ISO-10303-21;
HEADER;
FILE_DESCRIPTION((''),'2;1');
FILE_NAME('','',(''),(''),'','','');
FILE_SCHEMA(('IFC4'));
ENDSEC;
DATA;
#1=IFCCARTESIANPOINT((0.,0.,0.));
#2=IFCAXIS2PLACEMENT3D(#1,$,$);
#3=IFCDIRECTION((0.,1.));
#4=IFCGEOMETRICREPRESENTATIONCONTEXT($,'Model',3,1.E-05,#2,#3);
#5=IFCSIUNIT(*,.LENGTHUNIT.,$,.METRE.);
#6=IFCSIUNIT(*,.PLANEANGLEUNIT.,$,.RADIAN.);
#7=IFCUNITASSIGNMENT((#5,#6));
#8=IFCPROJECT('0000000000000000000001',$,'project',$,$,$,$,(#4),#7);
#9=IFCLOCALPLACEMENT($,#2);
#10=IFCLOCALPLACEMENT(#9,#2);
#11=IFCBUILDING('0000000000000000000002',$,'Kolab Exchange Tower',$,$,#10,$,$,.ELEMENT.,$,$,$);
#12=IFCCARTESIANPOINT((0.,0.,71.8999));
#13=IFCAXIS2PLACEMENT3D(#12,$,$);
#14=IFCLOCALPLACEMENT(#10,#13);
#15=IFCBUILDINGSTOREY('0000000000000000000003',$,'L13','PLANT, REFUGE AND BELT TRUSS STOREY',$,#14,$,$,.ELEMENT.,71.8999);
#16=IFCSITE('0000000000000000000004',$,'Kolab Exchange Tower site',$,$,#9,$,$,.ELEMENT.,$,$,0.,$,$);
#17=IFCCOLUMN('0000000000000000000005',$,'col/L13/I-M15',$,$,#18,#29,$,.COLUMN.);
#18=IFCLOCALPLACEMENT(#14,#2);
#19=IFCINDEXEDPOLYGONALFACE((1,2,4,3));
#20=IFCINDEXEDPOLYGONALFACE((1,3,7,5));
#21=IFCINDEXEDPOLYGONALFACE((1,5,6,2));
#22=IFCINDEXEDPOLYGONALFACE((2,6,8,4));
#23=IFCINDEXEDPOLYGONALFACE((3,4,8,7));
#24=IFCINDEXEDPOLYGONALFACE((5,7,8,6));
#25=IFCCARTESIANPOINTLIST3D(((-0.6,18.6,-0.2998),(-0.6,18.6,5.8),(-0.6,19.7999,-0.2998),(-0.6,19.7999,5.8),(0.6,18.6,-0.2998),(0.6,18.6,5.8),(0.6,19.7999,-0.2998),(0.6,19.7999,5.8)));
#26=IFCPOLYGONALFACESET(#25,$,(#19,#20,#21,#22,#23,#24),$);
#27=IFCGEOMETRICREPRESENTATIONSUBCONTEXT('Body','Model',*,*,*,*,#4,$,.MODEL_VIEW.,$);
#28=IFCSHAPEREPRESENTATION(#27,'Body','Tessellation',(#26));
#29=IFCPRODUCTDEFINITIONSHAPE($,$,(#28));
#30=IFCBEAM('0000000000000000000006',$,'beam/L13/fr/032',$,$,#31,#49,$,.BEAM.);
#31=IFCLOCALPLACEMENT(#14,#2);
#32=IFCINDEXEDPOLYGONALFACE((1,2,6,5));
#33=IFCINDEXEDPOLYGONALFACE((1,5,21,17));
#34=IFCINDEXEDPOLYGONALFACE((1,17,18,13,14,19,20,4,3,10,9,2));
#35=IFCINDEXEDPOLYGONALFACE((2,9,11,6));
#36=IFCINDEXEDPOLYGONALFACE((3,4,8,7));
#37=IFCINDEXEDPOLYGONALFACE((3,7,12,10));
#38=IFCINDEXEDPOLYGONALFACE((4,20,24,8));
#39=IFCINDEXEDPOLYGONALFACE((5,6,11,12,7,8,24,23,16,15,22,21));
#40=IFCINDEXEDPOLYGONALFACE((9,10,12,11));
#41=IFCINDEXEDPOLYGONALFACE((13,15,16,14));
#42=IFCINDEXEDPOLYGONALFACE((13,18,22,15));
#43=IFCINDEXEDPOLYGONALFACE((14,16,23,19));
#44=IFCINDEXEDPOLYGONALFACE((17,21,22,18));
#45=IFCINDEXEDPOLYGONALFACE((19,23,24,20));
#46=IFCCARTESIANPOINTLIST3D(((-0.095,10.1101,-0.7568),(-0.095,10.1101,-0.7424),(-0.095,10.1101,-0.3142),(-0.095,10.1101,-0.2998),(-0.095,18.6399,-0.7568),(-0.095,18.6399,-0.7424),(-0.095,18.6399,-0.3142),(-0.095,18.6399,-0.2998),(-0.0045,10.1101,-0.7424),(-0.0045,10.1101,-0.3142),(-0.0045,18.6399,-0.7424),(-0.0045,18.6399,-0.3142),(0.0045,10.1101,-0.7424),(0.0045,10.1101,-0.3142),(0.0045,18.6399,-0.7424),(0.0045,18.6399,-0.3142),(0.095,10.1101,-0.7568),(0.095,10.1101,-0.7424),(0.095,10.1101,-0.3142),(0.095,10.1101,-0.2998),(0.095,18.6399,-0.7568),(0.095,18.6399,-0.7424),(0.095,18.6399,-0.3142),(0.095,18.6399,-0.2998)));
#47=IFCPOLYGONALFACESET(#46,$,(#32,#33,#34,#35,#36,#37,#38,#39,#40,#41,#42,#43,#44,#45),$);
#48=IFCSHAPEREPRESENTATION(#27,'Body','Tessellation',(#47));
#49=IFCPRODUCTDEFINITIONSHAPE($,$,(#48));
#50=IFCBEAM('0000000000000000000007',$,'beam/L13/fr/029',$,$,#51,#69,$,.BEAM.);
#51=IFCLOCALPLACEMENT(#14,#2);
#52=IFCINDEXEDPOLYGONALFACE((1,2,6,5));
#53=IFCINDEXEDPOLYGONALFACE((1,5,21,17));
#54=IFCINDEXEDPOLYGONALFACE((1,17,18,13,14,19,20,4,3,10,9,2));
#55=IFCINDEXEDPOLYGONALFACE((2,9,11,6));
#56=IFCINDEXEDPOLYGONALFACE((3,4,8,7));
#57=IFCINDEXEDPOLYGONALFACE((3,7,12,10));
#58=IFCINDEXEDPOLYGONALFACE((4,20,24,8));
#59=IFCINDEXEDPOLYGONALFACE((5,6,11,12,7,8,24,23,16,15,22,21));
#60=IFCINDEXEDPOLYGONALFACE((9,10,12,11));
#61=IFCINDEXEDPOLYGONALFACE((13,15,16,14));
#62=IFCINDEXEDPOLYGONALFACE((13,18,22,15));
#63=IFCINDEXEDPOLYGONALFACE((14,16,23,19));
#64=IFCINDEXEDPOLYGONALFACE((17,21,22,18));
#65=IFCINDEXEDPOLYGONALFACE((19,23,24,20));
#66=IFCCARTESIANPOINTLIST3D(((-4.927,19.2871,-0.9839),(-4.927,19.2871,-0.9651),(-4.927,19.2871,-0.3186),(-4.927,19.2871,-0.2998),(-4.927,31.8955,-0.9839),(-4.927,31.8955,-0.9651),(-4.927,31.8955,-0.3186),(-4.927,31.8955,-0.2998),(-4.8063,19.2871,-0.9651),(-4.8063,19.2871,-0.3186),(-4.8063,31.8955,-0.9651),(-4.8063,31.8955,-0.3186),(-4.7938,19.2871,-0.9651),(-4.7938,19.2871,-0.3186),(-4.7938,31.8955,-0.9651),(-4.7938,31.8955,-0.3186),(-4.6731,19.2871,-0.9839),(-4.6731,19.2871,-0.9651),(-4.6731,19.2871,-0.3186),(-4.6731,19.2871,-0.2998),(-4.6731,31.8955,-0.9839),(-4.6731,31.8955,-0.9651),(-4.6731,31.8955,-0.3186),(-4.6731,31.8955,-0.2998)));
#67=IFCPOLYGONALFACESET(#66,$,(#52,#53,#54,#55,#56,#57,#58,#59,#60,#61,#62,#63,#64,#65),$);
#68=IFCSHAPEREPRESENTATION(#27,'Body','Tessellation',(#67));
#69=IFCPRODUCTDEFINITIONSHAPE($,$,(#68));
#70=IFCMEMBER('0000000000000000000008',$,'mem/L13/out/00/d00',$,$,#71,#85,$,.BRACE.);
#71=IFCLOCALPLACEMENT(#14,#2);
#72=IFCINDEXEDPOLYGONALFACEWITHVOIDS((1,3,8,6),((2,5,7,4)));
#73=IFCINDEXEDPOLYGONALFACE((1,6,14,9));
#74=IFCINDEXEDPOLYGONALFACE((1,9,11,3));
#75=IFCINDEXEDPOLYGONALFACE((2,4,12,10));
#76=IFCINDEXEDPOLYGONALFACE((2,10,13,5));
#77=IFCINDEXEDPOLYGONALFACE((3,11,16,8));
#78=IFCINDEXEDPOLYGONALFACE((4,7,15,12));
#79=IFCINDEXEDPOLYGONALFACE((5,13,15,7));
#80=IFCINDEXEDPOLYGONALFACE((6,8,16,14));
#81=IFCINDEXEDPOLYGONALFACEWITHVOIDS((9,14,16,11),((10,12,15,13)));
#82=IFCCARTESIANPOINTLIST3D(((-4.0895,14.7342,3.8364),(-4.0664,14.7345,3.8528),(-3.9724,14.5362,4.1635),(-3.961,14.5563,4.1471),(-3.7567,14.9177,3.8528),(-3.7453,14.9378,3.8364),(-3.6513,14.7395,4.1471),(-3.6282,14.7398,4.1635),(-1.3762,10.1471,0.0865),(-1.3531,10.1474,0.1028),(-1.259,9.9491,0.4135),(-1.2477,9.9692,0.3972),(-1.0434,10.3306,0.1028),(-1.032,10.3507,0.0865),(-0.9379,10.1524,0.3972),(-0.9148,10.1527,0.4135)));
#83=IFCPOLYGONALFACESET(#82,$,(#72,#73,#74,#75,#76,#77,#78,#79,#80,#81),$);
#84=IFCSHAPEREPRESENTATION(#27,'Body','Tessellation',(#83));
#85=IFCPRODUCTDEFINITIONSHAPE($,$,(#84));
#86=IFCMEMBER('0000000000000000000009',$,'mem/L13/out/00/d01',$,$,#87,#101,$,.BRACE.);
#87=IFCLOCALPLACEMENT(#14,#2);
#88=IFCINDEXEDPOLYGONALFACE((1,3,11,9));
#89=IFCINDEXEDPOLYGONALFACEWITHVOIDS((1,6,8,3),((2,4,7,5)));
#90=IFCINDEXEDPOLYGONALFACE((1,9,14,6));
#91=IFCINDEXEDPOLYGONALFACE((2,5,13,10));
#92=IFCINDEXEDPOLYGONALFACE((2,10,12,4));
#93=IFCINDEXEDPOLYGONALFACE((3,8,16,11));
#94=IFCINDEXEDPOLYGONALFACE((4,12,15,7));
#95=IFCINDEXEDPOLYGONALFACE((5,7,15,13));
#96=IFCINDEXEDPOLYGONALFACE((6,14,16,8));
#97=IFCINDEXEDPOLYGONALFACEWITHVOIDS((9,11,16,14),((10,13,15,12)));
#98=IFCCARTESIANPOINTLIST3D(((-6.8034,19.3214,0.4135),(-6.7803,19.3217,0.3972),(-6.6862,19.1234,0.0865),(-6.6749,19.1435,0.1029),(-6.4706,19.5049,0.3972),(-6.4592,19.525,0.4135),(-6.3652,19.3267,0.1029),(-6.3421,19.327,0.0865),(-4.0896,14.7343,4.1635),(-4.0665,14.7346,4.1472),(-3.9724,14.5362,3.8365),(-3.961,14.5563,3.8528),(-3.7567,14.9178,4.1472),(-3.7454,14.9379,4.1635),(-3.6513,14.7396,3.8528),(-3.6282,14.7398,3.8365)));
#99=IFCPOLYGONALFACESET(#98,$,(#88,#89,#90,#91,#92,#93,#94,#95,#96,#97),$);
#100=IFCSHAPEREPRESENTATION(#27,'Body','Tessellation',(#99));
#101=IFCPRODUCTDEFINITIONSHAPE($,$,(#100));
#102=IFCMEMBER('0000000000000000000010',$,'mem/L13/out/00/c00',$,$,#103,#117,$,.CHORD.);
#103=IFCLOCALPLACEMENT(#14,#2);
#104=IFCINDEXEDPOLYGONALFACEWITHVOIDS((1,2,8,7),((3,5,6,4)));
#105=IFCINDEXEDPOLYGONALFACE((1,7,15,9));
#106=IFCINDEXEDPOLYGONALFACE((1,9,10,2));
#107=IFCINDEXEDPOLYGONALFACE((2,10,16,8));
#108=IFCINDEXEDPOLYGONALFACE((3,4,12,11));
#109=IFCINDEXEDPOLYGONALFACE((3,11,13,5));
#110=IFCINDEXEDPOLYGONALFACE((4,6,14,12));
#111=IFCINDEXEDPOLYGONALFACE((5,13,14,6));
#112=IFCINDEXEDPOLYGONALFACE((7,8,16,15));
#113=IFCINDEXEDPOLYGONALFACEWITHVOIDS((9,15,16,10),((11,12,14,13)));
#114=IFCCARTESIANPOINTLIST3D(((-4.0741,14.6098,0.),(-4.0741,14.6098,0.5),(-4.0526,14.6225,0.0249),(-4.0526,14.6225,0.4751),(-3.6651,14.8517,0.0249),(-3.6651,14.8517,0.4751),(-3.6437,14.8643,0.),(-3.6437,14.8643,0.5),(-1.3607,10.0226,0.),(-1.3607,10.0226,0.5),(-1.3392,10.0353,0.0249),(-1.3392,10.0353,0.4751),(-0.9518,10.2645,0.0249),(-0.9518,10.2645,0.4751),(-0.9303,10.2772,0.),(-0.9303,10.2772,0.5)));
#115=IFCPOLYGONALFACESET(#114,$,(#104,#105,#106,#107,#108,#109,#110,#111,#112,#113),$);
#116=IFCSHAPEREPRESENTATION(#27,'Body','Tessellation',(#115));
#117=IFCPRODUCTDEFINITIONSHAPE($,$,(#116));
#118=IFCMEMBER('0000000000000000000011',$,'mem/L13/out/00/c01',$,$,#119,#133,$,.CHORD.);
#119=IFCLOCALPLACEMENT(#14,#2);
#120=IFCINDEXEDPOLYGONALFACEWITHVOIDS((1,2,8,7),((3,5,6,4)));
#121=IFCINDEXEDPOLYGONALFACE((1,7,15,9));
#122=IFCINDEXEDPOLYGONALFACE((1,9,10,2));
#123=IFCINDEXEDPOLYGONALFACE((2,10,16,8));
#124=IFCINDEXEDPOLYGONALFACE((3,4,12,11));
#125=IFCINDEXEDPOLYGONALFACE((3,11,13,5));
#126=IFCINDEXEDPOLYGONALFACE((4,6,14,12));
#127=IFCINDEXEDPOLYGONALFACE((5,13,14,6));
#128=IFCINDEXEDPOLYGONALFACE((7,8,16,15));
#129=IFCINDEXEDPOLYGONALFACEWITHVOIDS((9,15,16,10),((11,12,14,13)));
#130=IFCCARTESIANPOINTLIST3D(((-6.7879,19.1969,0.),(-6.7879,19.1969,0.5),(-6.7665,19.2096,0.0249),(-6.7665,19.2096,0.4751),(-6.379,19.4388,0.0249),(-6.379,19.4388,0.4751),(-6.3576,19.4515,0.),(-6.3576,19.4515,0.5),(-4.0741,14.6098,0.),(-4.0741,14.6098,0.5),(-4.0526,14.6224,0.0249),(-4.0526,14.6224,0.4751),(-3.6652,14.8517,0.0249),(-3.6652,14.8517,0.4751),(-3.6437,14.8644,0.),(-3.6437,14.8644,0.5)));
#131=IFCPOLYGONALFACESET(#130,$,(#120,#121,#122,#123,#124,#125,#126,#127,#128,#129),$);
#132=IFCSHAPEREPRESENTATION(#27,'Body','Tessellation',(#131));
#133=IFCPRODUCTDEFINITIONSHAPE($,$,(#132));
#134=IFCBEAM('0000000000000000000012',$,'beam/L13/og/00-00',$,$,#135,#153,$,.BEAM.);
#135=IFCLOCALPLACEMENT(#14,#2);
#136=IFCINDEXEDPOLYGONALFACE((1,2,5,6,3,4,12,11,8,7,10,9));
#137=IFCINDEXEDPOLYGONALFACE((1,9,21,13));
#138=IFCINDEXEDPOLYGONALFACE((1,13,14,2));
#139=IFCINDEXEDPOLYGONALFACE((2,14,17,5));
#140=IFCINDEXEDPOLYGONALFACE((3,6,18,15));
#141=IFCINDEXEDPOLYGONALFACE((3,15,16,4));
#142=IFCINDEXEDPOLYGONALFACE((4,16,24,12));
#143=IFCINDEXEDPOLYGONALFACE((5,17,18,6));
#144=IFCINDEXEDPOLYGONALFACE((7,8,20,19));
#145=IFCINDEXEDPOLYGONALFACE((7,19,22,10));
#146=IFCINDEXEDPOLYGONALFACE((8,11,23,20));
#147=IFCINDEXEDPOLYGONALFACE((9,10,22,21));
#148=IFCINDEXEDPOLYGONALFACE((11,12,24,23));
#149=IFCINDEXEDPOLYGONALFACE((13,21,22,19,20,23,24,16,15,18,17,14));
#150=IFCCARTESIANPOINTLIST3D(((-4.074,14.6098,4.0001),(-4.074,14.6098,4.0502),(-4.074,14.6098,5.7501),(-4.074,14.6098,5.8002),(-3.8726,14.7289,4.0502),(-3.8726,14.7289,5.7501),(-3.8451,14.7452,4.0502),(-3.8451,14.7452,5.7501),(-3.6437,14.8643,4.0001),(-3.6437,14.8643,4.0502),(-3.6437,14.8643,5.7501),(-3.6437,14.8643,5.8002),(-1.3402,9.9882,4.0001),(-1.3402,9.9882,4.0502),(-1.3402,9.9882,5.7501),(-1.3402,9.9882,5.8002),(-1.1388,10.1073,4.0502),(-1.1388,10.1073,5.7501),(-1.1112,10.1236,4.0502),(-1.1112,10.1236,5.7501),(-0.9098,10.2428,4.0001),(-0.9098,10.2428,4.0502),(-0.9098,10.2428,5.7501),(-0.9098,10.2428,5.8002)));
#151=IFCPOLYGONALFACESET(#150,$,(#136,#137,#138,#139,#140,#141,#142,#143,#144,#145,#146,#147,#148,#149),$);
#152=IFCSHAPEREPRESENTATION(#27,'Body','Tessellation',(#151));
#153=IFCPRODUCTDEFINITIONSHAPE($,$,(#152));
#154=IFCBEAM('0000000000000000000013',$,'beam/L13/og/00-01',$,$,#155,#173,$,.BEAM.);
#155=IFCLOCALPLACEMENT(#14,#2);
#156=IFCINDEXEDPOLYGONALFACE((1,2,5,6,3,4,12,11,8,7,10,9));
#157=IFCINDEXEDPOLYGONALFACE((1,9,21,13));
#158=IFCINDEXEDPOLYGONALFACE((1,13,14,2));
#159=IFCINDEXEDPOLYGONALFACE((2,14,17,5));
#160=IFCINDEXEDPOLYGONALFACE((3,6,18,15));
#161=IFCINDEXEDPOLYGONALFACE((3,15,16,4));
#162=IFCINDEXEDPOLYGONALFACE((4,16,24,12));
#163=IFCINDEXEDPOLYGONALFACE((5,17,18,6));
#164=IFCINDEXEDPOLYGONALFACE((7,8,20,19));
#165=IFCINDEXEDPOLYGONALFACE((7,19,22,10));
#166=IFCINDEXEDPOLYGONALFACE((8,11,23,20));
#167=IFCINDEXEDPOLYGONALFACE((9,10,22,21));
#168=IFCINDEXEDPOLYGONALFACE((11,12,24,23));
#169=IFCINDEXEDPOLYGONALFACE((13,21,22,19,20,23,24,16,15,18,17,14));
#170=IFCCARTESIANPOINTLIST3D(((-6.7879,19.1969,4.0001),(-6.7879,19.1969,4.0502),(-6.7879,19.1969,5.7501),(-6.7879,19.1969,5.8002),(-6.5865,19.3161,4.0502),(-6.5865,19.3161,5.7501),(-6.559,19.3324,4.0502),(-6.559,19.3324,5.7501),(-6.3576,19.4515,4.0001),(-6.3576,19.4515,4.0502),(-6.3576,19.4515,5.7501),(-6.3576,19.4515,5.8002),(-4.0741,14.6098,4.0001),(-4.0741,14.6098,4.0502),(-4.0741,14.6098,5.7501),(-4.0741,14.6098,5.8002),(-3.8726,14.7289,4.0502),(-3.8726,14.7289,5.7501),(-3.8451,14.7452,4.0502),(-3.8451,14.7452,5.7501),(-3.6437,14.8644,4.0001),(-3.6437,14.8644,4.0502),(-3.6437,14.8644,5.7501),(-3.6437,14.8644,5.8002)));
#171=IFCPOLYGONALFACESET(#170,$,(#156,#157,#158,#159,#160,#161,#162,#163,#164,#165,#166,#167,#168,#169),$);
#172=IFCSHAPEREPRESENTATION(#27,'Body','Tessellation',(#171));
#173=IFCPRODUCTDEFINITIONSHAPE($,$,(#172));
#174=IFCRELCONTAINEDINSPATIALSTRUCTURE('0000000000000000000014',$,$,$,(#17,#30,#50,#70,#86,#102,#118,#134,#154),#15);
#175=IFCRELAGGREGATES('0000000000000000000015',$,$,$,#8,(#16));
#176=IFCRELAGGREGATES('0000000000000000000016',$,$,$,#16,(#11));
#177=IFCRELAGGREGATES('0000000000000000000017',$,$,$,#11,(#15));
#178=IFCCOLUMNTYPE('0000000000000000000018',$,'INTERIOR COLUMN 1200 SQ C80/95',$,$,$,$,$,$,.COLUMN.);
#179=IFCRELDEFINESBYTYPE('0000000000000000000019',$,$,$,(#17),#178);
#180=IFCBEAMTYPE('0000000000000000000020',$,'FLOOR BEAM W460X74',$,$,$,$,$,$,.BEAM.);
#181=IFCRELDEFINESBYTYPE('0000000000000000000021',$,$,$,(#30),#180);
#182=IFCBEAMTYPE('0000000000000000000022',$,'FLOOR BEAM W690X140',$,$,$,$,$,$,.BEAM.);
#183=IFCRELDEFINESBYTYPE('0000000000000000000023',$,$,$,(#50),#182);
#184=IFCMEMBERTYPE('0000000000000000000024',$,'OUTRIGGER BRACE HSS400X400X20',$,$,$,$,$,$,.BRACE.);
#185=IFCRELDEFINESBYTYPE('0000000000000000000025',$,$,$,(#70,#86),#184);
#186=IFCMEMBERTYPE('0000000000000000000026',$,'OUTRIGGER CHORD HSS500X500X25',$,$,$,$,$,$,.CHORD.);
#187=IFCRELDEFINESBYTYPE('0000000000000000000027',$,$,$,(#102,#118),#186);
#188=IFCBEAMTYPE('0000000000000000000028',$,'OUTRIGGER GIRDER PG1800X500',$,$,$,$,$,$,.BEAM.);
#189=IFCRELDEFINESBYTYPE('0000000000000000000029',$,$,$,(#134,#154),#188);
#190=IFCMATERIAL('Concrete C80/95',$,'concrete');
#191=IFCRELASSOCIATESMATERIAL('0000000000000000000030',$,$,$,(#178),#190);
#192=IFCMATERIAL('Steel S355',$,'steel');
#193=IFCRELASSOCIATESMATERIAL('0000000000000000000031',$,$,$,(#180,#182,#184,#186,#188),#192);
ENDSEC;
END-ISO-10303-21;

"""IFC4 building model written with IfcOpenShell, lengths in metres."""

from ifc_helpers import new_model, si_unit, direction, frame, origin, origin_2d, place, context, subcontext, project, spatial, rectangle, hollow_rectangle, i_section, extrude, material, material_profile, profile_set, type_object, element, save


model = new_model("IFC4")

# Units and contexts
model_context = context("Model", 3, precision=1e-05, world=origin(), true_north=direction((0.0, 1.0)))
body_context = subcontext(model_context, "Body", "Model", "MODEL_VIEW")
ifc_project = project(units=[si_unit("LENGTHUNIT", "METRE"), si_unit("PLANEANGLEUNIT", "RADIAN")], contexts=[model_context])

# Site, building, storey
site_placement = place(None, origin())
site = spatial("IfcSite", under=ifc_project, at=site_placement, Name="Kolab Exchange Tower site", CompositionType="ELEMENT", RefElevation=0.0)
building_placement = place(site_placement, origin())
building = spatial("IfcBuilding", under=site, at=building_placement, Name="Kolab Exchange Tower", CompositionType="ELEMENT")
storey_placement = place(building_placement, frame((0.0, 0.0, 71.8999)))
storey = spatial("IfcBuildingStorey", under=building, at=storey_placement, Name="L13", Description="PLANT, REFUGE AND BELT TRUSS STOREY", CompositionType="ELEMENT", Elevation=71.8999)

# Column
ifc_material_1 = material(Name="Concrete C80/95", Category="concrete")
ifc_material_profile_1 = material_profile(ifc_material_1, rectangle(XDim=1.2, YDim=1.2, at=origin_2d()), Name="RC1200")
ifc_profile_set_1 = profile_set([ifc_material_profile_1], Name="Concrete C80/95")
column_type = type_object("IfcColumnType", Name="INTERIOR COLUMN 1200 SQ C80/95", PredefinedType="COLUMN", material=ifc_profile_set_1)
column_placement = place(storey_placement, frame((0.0, 19.2, -0.2998), z_axis=(0.0, 0.0, 1.0), x_axis=(1.0, 0.0, 0.0)))
element("IfcColumn", 1, at=column_placement, inside=storey, type_object=column_type, Name="col/L13/I-M15", PredefinedType="COLUMN", context=body_context, shape_type="SweptSolid", body=[
    extrude(rectangle(XDim=1.2, YDim=1.2, at=origin_2d()), origin(), (0.0, 0.0, 1.0), 6.0999),
])

# Beams
ifc_material_2 = material(Name="Steel S355", Category="steel")
ifc_material_profile_2 = material_profile(ifc_material_2, i_section(OverallWidth=0.1899, OverallDepth=0.457, WebThickness=0.009, FlangeThickness=0.0144, at=origin_2d()), Name="W460X74")
ifc_profile_set_2 = profile_set([ifc_material_profile_2], Name="Steel S355")
beam_type_1 = type_object("IfcBeamType", Name="FLOOR BEAM W460X74", PredefinedType="BEAM", material=ifc_profile_set_2)
beam_1_placement = place(storey_placement, frame((0.0, 10.1101, -0.5283), z_axis=(0.0, 1.0, 0.0), x_axis=(-1.0, 0.0, 0.0)))
element("IfcBeam", 2, at=beam_1_placement, inside=storey, type_object=beam_type_1, Name="beam/L13/fr/032", PredefinedType="BEAM", context=body_context, shape_type="SweptSolid", body=[
    extrude(i_section(OverallWidth=0.1899, OverallDepth=0.457, WebThickness=0.009, FlangeThickness=0.0144, at=origin_2d()), origin(), (0.0, 0.0, 1.0), 8.5298),
])
ifc_material_profile_3 = material_profile(ifc_material_2, i_section(OverallWidth=0.2539, OverallDepth=0.6841, WebThickness=0.0125, FlangeThickness=0.0188, at=origin_2d()), Name="W690X140")
ifc_profile_set_3 = profile_set([ifc_material_profile_3], Name="Steel S355")
beam_type_2 = type_object("IfcBeamType", Name="FLOOR BEAM W690X140", PredefinedType="BEAM", material=ifc_profile_set_3)
beam_2_placement = place(storey_placement, frame((-4.8, 19.2871, -0.6418), z_axis=(0.0, 1.0, 0.0), x_axis=(-1.0, 0.0, 0.0)))
element("IfcBeam", 3, at=beam_2_placement, inside=storey, type_object=beam_type_2, Name="beam/L13/fr/029", PredefinedType="BEAM", context=body_context, shape_type="SweptSolid", body=[
    extrude(i_section(OverallWidth=0.2539, OverallDepth=0.6841, WebThickness=0.0125, FlangeThickness=0.0188, at=origin_2d()), origin(), (0.0, 0.0, 1.0), 12.6084),
])

# Members
ifc_material_profile_4 = material_profile(ifc_material_2, hollow_rectangle(XDim=0.3999, YDim=0.3999, WallThickness=0.02, at=origin_2d()), Name="HSS400X400X20")
ifc_profile_set_4 = profile_set([ifc_material_profile_4], Name="Steel S355")
member_type_1 = type_object("IfcMemberType", Name="OUTRIGGER BRACE HSS400X400X20", PredefinedType="BRACE", material=ifc_profile_set_4)
member_1_placement = place(storey_placement, frame((-1.1455, 10.1499, 0.25), z_axis=(-0.416375, 0.703912, 0.575448), x_axis=(-0.860698, -0.509117, 0.0)))
element("IfcMember", 4, at=member_1_placement, inside=storey, type_object=member_type_1, Name="mem/L13/out/00/d00", PredefinedType="BRACE", context=body_context, shape_type="SweptSolid", body=[
    extrude(hollow_rectangle(XDim=0.3999, YDim=0.3999, WallThickness=0.02, at=origin_2d()), origin(), (0.0, 0.0, 1.0), 6.5166),
])
member_2_placement = place(storey_placement, frame((-3.8589, 14.7371, 4.0), z_axis=(-0.416437, 0.70389, -0.57543), x_axis=(-0.860657, -0.509184, 0.0)))
element("IfcMember", 5, at=member_2_placement, inside=storey, type_object=member_type_1, Name="mem/L13/out/00/d01", PredefinedType="BRACE", context=body_context, shape_type="SweptSolid", body=[
    extrude(hollow_rectangle(XDim=0.3999, YDim=0.3999, WallThickness=0.02, at=origin_2d()), origin(), (0.0, 0.0, 1.0), 6.5168),
])
ifc_material_profile_5 = material_profile(ifc_material_2, hollow_rectangle(XDim=0.5, YDim=0.5, WallThickness=0.0249, at=origin_2d()), Name="HSS500X500X25")
ifc_profile_set_5 = profile_set([ifc_material_profile_5], Name="Steel S355")
member_type_2 = type_object("IfcMemberType", Name="OUTRIGGER CHORD HSS500X500X25", PredefinedType="CHORD", material=ifc_profile_set_5)
member_3_placement = place(storey_placement, frame((-1.1455, 10.1499, 0.25), z_axis=(-0.509117, 0.860698, 0.0), x_axis=(-0.860698, -0.509117, 0.0)))
element("IfcMember", 6, at=member_3_placement, inside=storey, type_object=member_type_2, Name="mem/L13/out/00/c00", PredefinedType="CHORD", context=body_context, shape_type="SweptSolid", body=[
    extrude(hollow_rectangle(XDim=0.5, YDim=0.5, WallThickness=0.0249, at=origin_2d()), origin(), (0.0, 0.0, 1.0), 5.3296),
])
member_4_placement = place(storey_placement, frame((-3.8589, 14.7371, 0.25), z_axis=(-0.509184, 0.860657, 0.0), x_axis=(-0.860657, -0.509184, 0.0)))
element("IfcMember", 7, at=member_4_placement, inside=storey, type_object=member_type_2, Name="mem/L13/out/00/c01", PredefinedType="CHORD", context=body_context, shape_type="SweptSolid", body=[
    extrude(hollow_rectangle(XDim=0.5, YDim=0.5, WallThickness=0.0249, at=origin_2d()), origin(), (0.0, 0.0, 1.0), 5.3298),
])

# Beams
ifc_material_profile_6 = material_profile(ifc_material_2, i_section(OverallWidth=0.5, OverallDepth=1.8, WebThickness=0.032, FlangeThickness=0.05, at=origin_2d()), Name="PG1800X500")
ifc_profile_set_6 = profile_set([ifc_material_profile_6], Name="Steel S355")
beam_type_3 = type_object("IfcBeamType", Name="OUTRIGGER GIRDER PG1800X500", PredefinedType="BEAM", material=ifc_profile_set_6)
beam_3_placement = place(storey_placement, frame((-1.125, 10.1155, 4.9001), z_axis=(-0.509137, 0.860686, 0.0), x_axis=(-0.860686, -0.509137, 0.0)))
element("IfcBeam", 8, at=beam_3_placement, inside=storey, type_object=beam_type_3, Name="beam/L13/og/00-00", PredefinedType="BEAM", context=body_context, shape_type="SweptSolid", body=[
    extrude(i_section(OverallWidth=0.5, OverallDepth=1.8, WebThickness=0.032, FlangeThickness=0.05, at=origin_2d()), origin(), (0.0, 0.0, 1.0), 5.3696),
])
beam_4_placement = place(storey_placement, frame((-3.8589, 14.7371, 4.9001), z_axis=(-0.509184, 0.860657, 0.0), x_axis=(-0.860657, -0.509184, 0.0)))
element("IfcBeam", 9, at=beam_4_placement, inside=storey, type_object=beam_type_3, Name="beam/L13/og/00-01", PredefinedType="BEAM", context=body_context, shape_type="SweptSolid", body=[
    extrude(i_section(OverallWidth=0.5, OverallDepth=1.8, WebThickness=0.032, FlangeThickness=0.05, at=origin_2d()), origin(), (0.0, 0.0, 1.0), 5.3298),
])

save(model, "model.ifc")
